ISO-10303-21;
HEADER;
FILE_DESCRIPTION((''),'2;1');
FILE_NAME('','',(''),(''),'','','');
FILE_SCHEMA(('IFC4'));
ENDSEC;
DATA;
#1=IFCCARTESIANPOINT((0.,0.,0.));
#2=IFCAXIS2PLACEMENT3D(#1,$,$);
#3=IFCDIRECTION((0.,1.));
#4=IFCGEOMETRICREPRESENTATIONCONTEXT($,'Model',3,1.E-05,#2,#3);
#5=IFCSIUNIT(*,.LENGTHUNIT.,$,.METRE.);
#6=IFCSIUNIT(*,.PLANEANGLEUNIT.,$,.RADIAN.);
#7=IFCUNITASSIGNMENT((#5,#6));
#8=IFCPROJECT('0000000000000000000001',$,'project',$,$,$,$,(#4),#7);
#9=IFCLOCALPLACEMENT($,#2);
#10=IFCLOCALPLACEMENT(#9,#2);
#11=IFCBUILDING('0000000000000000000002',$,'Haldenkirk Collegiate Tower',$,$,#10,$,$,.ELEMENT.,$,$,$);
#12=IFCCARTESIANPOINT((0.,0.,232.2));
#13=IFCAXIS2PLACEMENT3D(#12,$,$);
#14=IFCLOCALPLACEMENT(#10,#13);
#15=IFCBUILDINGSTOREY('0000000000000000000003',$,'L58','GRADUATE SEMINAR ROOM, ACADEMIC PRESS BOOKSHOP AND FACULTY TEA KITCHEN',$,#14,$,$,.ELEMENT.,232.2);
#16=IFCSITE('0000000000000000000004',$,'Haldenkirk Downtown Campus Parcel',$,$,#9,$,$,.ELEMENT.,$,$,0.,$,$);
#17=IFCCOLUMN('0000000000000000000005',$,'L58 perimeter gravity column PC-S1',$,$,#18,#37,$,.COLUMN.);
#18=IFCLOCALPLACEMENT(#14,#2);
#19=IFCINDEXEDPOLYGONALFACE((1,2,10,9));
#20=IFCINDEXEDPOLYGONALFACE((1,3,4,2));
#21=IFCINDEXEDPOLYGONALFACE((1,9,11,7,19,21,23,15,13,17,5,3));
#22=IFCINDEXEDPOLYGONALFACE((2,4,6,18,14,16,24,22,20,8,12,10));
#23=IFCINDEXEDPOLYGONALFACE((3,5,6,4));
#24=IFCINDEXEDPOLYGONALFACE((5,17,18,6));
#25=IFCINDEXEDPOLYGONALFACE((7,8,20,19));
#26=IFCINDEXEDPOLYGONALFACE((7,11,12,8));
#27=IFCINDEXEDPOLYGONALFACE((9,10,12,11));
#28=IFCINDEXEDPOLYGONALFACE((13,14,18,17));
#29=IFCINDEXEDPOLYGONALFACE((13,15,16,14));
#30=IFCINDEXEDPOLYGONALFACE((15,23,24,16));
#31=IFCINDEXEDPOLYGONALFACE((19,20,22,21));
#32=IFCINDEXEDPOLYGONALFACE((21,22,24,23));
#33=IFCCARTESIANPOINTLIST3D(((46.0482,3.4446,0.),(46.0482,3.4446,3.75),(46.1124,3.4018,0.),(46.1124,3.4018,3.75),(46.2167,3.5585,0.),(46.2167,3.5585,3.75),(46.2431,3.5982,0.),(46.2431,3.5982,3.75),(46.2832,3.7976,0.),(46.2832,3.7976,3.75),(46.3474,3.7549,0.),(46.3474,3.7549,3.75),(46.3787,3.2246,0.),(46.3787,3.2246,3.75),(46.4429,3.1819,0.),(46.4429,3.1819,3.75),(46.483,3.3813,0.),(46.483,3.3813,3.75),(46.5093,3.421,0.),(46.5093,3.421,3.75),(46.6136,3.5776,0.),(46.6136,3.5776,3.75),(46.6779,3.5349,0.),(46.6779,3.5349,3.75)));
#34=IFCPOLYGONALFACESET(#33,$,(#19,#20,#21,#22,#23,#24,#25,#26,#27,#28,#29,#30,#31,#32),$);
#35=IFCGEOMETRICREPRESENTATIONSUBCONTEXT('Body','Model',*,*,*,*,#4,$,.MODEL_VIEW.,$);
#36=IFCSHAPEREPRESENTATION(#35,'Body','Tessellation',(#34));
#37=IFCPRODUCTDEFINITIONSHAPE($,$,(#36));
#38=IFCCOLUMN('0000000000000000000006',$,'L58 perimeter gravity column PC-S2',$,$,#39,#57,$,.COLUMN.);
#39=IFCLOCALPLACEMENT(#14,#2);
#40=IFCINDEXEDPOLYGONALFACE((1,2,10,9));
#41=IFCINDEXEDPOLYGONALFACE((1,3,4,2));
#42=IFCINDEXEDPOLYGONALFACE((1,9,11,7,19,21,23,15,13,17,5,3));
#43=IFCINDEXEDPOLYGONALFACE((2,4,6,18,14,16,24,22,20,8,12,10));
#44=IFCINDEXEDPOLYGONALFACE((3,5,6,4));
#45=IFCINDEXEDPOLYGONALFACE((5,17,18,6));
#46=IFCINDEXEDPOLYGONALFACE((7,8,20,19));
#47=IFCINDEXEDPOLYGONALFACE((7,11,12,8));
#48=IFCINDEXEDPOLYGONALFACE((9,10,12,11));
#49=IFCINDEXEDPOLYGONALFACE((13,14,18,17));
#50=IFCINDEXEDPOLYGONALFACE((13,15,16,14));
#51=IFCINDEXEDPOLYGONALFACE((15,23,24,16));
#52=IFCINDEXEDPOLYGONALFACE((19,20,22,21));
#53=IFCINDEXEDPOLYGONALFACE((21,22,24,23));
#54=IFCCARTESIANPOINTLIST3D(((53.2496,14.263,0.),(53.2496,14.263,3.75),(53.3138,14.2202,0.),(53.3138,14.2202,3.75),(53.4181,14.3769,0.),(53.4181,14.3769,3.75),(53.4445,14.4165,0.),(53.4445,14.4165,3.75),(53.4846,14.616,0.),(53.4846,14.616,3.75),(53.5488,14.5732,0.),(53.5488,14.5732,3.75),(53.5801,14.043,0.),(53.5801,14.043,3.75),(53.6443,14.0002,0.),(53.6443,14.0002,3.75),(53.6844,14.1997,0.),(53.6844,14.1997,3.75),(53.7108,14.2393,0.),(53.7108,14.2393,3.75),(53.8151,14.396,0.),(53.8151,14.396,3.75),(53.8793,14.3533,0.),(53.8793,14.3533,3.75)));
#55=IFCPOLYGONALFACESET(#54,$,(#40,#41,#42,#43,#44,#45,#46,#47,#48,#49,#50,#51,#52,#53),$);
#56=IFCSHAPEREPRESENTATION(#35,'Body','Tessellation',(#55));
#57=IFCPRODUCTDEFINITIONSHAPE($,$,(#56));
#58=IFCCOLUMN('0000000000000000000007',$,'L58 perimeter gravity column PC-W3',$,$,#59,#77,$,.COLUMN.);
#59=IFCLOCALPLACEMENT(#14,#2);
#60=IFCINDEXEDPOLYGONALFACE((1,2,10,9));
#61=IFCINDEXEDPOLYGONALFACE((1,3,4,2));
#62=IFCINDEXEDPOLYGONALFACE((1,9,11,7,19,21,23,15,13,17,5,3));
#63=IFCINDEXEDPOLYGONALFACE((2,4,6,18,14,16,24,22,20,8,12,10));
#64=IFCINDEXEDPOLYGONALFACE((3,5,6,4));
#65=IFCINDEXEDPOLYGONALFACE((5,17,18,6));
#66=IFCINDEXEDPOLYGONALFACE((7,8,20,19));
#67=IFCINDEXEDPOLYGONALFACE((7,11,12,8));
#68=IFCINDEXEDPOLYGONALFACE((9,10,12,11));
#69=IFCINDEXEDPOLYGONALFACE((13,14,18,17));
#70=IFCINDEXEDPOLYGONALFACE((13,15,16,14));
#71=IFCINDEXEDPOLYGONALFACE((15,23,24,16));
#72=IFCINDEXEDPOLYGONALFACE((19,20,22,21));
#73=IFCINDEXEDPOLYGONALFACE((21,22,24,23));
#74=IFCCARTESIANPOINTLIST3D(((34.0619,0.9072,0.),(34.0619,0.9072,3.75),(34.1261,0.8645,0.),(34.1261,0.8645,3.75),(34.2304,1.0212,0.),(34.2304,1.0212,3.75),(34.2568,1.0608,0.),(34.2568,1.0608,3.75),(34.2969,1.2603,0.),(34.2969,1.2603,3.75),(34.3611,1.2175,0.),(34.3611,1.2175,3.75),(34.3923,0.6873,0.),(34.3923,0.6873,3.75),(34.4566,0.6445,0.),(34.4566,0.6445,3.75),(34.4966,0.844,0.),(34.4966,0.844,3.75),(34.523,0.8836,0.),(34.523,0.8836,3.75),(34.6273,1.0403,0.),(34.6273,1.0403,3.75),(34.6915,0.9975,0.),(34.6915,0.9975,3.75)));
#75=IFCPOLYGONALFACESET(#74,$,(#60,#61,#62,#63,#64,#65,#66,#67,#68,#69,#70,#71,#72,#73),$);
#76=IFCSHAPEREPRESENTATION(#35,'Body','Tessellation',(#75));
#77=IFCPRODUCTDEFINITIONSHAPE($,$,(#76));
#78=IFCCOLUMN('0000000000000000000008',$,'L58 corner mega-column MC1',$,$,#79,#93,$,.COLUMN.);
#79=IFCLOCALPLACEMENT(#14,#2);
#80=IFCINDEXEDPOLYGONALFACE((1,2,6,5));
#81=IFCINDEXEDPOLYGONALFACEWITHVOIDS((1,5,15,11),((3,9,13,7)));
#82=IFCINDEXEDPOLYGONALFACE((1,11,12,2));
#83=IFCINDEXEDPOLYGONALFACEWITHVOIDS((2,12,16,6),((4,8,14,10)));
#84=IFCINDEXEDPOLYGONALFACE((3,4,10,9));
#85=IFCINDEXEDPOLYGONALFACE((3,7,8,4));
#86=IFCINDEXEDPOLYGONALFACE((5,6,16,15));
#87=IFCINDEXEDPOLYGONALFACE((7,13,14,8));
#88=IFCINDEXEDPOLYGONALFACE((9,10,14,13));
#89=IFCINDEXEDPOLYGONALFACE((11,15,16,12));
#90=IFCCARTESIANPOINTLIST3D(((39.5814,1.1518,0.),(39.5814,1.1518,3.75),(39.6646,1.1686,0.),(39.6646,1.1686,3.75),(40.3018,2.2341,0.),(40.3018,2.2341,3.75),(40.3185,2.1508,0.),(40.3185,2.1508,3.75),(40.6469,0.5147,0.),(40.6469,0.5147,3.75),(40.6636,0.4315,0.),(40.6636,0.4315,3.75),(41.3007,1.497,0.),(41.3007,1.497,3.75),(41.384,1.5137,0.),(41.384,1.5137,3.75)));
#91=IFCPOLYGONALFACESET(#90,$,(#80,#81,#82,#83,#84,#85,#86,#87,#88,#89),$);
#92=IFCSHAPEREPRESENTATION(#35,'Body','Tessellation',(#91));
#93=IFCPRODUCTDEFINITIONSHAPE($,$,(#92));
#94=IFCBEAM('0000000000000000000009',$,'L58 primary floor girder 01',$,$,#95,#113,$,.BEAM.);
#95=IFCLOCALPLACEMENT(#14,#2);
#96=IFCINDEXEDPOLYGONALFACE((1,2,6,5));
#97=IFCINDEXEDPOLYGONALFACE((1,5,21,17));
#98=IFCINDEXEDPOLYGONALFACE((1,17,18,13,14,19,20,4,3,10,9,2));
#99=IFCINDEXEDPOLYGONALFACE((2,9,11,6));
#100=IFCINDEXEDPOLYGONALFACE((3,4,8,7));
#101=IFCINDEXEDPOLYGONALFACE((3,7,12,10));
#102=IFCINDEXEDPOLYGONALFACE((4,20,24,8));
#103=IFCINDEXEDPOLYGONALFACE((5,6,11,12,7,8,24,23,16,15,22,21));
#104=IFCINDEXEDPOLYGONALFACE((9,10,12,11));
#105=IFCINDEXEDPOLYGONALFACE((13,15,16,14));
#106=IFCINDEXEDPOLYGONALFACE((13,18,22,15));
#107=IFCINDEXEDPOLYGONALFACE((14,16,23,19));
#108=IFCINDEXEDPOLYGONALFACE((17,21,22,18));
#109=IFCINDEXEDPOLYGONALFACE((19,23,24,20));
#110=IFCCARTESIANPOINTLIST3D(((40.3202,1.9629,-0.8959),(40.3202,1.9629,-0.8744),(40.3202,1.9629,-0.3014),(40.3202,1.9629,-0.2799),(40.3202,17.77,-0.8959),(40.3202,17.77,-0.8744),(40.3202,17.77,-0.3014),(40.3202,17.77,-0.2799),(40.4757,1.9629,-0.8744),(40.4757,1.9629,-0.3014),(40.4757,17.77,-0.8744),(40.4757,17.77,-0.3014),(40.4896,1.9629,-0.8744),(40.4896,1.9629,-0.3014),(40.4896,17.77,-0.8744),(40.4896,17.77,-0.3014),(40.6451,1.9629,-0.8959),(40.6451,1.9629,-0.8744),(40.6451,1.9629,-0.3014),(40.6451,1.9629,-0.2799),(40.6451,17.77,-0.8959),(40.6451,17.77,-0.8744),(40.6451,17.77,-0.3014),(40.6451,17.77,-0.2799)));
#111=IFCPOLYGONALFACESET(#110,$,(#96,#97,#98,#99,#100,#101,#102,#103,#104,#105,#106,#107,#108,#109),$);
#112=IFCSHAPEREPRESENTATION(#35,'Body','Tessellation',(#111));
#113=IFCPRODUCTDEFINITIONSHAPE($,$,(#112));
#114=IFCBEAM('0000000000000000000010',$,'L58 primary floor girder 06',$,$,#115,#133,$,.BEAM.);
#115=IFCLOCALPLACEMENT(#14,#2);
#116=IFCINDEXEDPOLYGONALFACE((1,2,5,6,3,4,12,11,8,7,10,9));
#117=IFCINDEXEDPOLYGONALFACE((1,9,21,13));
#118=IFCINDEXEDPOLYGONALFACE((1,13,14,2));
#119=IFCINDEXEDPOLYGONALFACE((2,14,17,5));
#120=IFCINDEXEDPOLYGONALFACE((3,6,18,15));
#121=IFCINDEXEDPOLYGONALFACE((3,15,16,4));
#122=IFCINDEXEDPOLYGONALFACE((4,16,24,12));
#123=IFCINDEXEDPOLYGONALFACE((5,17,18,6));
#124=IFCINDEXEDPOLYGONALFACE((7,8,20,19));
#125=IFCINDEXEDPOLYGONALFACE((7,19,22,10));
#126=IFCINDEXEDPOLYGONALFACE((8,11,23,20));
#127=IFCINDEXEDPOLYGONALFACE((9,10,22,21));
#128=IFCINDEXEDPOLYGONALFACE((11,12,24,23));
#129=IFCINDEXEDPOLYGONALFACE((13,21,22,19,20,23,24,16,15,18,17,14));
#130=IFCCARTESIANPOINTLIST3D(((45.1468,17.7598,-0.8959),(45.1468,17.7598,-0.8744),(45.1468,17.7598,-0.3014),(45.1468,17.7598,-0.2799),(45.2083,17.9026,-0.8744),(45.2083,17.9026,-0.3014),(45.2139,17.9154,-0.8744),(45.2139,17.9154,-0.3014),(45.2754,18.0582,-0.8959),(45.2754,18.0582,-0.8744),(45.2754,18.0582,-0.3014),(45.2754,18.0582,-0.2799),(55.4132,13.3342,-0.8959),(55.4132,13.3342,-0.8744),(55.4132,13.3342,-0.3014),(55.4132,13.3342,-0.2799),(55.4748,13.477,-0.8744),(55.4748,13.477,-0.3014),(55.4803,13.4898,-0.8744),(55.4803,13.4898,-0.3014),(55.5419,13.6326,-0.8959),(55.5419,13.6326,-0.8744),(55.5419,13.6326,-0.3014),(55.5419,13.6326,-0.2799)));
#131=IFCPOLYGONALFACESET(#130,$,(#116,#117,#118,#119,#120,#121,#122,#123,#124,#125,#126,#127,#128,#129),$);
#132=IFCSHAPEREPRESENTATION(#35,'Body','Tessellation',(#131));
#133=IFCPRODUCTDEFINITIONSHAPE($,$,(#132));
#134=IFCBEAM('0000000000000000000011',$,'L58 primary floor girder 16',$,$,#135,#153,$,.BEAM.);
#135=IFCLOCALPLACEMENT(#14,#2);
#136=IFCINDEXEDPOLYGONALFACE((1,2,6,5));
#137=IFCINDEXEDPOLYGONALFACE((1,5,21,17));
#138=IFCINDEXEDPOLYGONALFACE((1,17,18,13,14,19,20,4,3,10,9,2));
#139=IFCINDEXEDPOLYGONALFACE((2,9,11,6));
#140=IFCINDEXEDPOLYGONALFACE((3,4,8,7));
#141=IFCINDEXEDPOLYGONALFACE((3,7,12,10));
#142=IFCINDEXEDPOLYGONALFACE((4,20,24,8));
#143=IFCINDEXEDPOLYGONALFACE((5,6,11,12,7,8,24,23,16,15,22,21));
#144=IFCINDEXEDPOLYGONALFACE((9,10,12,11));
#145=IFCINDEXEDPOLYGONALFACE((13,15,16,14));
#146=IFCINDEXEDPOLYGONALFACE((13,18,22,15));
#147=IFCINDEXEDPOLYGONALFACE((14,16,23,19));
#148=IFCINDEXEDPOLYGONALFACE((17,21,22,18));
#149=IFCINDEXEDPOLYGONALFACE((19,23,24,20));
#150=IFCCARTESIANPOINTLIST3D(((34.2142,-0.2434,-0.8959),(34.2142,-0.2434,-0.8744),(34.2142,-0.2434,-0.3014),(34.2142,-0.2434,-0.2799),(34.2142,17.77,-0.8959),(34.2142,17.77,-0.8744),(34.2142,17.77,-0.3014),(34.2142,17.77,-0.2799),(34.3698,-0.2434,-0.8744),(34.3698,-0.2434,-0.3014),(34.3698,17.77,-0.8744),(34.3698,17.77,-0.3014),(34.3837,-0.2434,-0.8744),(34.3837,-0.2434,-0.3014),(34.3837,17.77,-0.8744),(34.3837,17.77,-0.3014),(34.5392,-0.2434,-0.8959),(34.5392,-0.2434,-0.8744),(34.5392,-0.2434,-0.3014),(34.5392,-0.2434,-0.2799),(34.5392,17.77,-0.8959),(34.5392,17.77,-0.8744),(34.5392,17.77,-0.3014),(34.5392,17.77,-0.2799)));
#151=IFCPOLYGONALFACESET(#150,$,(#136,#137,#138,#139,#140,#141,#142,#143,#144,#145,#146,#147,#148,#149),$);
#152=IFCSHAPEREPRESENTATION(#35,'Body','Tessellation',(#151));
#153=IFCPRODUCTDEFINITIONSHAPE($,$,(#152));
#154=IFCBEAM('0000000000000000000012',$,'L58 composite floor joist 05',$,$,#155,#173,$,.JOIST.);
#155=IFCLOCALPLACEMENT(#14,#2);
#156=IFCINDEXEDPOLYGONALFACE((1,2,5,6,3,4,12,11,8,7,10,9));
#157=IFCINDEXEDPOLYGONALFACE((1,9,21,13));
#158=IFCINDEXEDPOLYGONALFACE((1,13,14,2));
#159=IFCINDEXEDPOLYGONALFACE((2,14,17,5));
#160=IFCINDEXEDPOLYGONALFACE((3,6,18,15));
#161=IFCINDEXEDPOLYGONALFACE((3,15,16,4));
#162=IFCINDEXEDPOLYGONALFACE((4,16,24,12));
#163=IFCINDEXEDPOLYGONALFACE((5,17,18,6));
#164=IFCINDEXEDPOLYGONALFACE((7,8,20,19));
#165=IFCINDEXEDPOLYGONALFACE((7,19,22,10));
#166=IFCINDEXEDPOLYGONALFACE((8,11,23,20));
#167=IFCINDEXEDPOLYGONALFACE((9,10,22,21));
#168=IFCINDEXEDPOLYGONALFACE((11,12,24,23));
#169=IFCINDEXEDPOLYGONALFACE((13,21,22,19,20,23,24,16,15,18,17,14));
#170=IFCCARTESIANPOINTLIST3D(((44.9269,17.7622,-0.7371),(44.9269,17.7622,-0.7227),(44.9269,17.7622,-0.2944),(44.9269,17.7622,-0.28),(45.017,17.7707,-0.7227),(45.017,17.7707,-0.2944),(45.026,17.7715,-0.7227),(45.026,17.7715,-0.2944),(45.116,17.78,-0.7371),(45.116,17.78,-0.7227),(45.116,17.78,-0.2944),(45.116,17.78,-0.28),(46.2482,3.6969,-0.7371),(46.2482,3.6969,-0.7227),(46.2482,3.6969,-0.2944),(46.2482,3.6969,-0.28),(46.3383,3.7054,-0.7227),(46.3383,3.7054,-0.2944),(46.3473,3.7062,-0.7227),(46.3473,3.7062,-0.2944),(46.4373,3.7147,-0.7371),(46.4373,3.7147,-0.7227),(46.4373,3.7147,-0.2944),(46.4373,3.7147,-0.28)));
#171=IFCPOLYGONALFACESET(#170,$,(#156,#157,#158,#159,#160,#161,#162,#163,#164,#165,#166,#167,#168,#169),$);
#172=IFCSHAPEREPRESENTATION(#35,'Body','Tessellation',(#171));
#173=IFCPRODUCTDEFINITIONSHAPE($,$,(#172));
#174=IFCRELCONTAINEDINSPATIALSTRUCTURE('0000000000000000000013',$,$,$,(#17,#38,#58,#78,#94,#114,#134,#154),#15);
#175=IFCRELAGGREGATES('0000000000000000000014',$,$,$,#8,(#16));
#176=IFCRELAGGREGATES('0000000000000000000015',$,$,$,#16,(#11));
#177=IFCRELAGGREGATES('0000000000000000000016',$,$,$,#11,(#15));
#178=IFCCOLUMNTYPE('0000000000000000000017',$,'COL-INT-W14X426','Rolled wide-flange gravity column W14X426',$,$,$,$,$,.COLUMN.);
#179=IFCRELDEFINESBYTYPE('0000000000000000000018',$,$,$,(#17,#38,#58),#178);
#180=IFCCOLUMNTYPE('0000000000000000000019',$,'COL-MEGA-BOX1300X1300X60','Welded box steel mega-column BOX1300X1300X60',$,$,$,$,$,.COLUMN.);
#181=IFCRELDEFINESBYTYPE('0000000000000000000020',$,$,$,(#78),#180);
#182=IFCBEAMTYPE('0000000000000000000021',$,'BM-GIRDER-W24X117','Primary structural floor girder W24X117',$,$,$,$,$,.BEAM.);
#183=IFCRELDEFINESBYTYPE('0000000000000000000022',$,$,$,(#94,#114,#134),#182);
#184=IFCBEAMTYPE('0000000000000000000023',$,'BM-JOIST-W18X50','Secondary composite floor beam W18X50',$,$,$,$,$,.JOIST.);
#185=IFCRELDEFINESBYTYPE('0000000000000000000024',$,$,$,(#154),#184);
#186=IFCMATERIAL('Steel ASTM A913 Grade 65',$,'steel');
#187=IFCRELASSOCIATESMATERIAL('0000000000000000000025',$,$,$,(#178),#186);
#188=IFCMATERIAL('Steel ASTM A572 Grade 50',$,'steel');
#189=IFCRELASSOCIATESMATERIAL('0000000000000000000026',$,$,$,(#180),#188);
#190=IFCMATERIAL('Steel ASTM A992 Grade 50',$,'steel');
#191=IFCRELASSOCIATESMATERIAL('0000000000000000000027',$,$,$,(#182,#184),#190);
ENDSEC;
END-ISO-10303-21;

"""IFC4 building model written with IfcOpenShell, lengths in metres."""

from ifc_helpers import new_model, si_unit, direction, frame, origin, origin_2d, place, context, subcontext, project, spatial, hollow_rectangle, i_section, extrude, material, material_profile, profile_set, type_object, element, save


model = new_model("IFC4")

# Units and contexts
model_context = context("Model", 3, precision=1e-05, world=origin(), true_north=direction((0.0, 1.0)))
body_context = subcontext(model_context, "Body", "Model", "MODEL_VIEW")
ifc_project = project(units=[si_unit("LENGTHUNIT", "METRE"), si_unit("PLANEANGLEUNIT", "RADIAN")], contexts=[model_context])

# Site, building, storey
site_placement = place(None, origin())
site = spatial("IfcSite", under=ifc_project, at=site_placement, Name="Haldenkirk Downtown Campus Parcel", CompositionType="ELEMENT", RefElevation=0.0)
building_placement = place(site_placement, origin())
building = spatial("IfcBuilding", under=site, at=building_placement, Name="Haldenkirk Collegiate Tower", CompositionType="ELEMENT")
storey_placement = place(building_placement, frame((0.0, 0.0, 232.2)))
storey = spatial("IfcBuildingStorey", under=building, at=storey_placement, Name="L58", Description="GRADUATE SEMINAR ROOM, ACADEMIC PRESS BOOKSHOP AND FACULTY TEA KITCHEN", CompositionType="ELEMENT", Elevation=232.2)

# Columns
ifc_material_1 = material(Name="Steel ASTM A913 Grade 65", Category="steel")
ifc_material_profile_1 = material_profile(ifc_material_1, i_section(OverallWidth=0.4241, OverallDepth=0.4741, WebThickness=0.0476, FlangeThickness=0.0771, at=origin_2d()), Name="W14X426")
ifc_profile_set_1 = profile_set([ifc_material_profile_1], Name="Steel ASTM A913 Grade 65")
column_type_1 = type_object("IfcColumnType", Name="COL-INT-W14X426", Description="Rolled wide-flange gravity column W14X426", PredefinedType="COLUMN", material=ifc_profile_set_1)
for number, where, z_axis, x_axis, name in (
    (1, (46.363, 3.4897, 0.0), (0.0, 0.0, 1.0), (0.554118, 0.832438, 0.0), "L58 perimeter gravity column PC-S1"),
    (2, (53.5645, 14.3081, 0.0), (0.0, 0.0, 1.0), (0.554118, 0.832438, 0.0), "L58 perimeter gravity column PC-S2"),
    (3, (34.3767, 0.9524, 0.0), (0.0, 0.0, 1.0), (0.554118, 0.832438, 0.0), "L58 perimeter gravity column PC-W3"),
):
    element("IfcColumn", number, at=place(storey_placement, frame(where, z_axis=z_axis, x_axis=x_axis)), inside=storey, type_object=column_type_1, Name=name, PredefinedType="COLUMN", context=body_context, shape_type="SweptSolid", body=[
        extrude(i_section(OverallWidth=0.4241, OverallDepth=0.4741, WebThickness=0.0476, FlangeThickness=0.0771, at=origin_2d()), origin(), (0.0, 0.0, 1.0), 3.75),
    ])
ifc_material_2 = material(Name="Steel ASTM A572 Grade 50", Category="steel")
ifc_material_profile_2 = material_profile(ifc_material_2, hollow_rectangle(XDim=1.3, YDim=1.3, WallThickness=0.0601, at=origin_2d()), Name="BOX1300X1300X60")
ifc_profile_set_2 = profile_set([ifc_material_profile_2], Name="Steel ASTM A572 Grade 50")
column_type_2 = type_object("IfcColumnType", Name="COL-MEGA-BOX1300X1300X60", Description="Welded box steel mega-column BOX1300X1300X60", PredefinedType="COLUMN", material=ifc_profile_set_2)
column_placement = place(storey_placement, frame((40.4827, 1.3328, 0.0), z_axis=(0.0, 0.0, 1.0), x_axis=(0.554118, 0.832438, 0.0)))
element("IfcColumn", 4, at=column_placement, inside=storey, type_object=column_type_2, Name="L58 corner mega-column MC1", PredefinedType="COLUMN", context=body_context, shape_type="SweptSolid", body=[
    extrude(hollow_rectangle(XDim=1.3, YDim=1.3, WallThickness=0.0601, at=origin_2d()), origin(), (0.0, 0.0, 1.0), 3.75),
])

# Beams
ifc_material_3 = material(Name="Steel ASTM A992 Grade 50", Category="steel")
ifc_material_profile_3 = material_profile(ifc_material_3, i_section(OverallWidth=0.325, OverallDepth=0.616, WebThickness=0.0139, FlangeThickness=0.0215, at=origin_2d()), Name="W24X117")
ifc_profile_set_3 = profile_set([ifc_material_profile_3], Name="Steel ASTM A992 Grade 50")
beam_type_1 = type_object("IfcBeamType", Name="BM-GIRDER-W24X117", Description="Primary structural floor girder W24X117", PredefinedType="BEAM", material=ifc_profile_set_3)
beam_1_placement = place(storey_placement, frame((40.4827, 1.9629, -0.5879), z_axis=(0.0, 1.0, 0.0), x_axis=(-1.0, 0.0, 0.0)))
element("IfcBeam", 5, at=beam_1_placement, inside=storey, type_object=beam_type_1, Name="L58 primary floor girder 01", PredefinedType="BEAM", context=body_context, shape_type="SweptSolid", body=[
    extrude(i_section(OverallWidth=0.325, OverallDepth=0.616, WebThickness=0.0139, FlangeThickness=0.0215, at=origin_2d()), origin(), (0.0, 0.0, 1.0), 15.8071),
])
beam_2_placement = place(storey_placement, frame((55.4775, 13.4834, -0.5879), z_axis=(-0.918312, 0.395858, 0.0), x_axis=(-0.395858, -0.918312, 0.0)))
element("IfcBeam", 6, at=beam_2_placement, inside=storey, type_object=beam_type_1, Name="L58 primary floor girder 06", PredefinedType="BEAM", context=body_context, shape_type="SweptSolid", body=[
    extrude(i_section(OverallWidth=0.325, OverallDepth=0.616, WebThickness=0.0139, FlangeThickness=0.0215, at=origin_2d()), origin(), (0.0, 0.0, 1.0), 11.1797),
])
beam_3_placement = place(storey_placement, frame((34.3767, -0.2434, -0.5879), z_axis=(0.0, 1.0, 0.0), x_axis=(-1.0, 0.0, 0.0)))
element("IfcBeam", 7, at=beam_3_placement, inside=storey, type_object=beam_type_1, Name="L58 primary floor girder 16", PredefinedType="BEAM", context=body_context, shape_type="SweptSolid", body=[
    extrude(i_section(OverallWidth=0.325, OverallDepth=0.616, WebThickness=0.0139, FlangeThickness=0.0215, at=origin_2d()), origin(), (0.0, 0.0, 1.0), 18.0134),
])
ifc_material_profile_4 = material_profile(ifc_material_3, i_section(OverallWidth=0.1899, OverallDepth=0.457, WebThickness=0.009, FlangeThickness=0.0144, at=origin_2d()), Name="W18X50")
ifc_profile_set_4 = profile_set([ifc_material_profile_4], Name="Steel ASTM A992 Grade 50")
beam_type_2 = type_object("IfcBeamType", Name="BM-JOIST-W18X50", Description="Secondary composite floor beam W18X50", PredefinedType="JOIST", material=ifc_profile_set_4)
beam_4_placement = place(storey_placement, frame((46.3428, 3.7058, -0.5085), z_axis=(-0.093529, 0.995617, 0.0), x_axis=(-0.995617, -0.093529, 0.0)))
element("IfcBeam", 8, at=beam_4_placement, inside=storey, type_object=beam_type_2, Name="L58 composite floor joist 05", PredefinedType="JOIST", context=body_context, shape_type="SweptSolid", body=[
    extrude(i_section(OverallWidth=0.1899, OverallDepth=0.457, WebThickness=0.009, FlangeThickness=0.0144, at=origin_2d()), origin(), (0.0, 0.0, 1.0), 14.1272),
])

save(model, "model.ifc")
